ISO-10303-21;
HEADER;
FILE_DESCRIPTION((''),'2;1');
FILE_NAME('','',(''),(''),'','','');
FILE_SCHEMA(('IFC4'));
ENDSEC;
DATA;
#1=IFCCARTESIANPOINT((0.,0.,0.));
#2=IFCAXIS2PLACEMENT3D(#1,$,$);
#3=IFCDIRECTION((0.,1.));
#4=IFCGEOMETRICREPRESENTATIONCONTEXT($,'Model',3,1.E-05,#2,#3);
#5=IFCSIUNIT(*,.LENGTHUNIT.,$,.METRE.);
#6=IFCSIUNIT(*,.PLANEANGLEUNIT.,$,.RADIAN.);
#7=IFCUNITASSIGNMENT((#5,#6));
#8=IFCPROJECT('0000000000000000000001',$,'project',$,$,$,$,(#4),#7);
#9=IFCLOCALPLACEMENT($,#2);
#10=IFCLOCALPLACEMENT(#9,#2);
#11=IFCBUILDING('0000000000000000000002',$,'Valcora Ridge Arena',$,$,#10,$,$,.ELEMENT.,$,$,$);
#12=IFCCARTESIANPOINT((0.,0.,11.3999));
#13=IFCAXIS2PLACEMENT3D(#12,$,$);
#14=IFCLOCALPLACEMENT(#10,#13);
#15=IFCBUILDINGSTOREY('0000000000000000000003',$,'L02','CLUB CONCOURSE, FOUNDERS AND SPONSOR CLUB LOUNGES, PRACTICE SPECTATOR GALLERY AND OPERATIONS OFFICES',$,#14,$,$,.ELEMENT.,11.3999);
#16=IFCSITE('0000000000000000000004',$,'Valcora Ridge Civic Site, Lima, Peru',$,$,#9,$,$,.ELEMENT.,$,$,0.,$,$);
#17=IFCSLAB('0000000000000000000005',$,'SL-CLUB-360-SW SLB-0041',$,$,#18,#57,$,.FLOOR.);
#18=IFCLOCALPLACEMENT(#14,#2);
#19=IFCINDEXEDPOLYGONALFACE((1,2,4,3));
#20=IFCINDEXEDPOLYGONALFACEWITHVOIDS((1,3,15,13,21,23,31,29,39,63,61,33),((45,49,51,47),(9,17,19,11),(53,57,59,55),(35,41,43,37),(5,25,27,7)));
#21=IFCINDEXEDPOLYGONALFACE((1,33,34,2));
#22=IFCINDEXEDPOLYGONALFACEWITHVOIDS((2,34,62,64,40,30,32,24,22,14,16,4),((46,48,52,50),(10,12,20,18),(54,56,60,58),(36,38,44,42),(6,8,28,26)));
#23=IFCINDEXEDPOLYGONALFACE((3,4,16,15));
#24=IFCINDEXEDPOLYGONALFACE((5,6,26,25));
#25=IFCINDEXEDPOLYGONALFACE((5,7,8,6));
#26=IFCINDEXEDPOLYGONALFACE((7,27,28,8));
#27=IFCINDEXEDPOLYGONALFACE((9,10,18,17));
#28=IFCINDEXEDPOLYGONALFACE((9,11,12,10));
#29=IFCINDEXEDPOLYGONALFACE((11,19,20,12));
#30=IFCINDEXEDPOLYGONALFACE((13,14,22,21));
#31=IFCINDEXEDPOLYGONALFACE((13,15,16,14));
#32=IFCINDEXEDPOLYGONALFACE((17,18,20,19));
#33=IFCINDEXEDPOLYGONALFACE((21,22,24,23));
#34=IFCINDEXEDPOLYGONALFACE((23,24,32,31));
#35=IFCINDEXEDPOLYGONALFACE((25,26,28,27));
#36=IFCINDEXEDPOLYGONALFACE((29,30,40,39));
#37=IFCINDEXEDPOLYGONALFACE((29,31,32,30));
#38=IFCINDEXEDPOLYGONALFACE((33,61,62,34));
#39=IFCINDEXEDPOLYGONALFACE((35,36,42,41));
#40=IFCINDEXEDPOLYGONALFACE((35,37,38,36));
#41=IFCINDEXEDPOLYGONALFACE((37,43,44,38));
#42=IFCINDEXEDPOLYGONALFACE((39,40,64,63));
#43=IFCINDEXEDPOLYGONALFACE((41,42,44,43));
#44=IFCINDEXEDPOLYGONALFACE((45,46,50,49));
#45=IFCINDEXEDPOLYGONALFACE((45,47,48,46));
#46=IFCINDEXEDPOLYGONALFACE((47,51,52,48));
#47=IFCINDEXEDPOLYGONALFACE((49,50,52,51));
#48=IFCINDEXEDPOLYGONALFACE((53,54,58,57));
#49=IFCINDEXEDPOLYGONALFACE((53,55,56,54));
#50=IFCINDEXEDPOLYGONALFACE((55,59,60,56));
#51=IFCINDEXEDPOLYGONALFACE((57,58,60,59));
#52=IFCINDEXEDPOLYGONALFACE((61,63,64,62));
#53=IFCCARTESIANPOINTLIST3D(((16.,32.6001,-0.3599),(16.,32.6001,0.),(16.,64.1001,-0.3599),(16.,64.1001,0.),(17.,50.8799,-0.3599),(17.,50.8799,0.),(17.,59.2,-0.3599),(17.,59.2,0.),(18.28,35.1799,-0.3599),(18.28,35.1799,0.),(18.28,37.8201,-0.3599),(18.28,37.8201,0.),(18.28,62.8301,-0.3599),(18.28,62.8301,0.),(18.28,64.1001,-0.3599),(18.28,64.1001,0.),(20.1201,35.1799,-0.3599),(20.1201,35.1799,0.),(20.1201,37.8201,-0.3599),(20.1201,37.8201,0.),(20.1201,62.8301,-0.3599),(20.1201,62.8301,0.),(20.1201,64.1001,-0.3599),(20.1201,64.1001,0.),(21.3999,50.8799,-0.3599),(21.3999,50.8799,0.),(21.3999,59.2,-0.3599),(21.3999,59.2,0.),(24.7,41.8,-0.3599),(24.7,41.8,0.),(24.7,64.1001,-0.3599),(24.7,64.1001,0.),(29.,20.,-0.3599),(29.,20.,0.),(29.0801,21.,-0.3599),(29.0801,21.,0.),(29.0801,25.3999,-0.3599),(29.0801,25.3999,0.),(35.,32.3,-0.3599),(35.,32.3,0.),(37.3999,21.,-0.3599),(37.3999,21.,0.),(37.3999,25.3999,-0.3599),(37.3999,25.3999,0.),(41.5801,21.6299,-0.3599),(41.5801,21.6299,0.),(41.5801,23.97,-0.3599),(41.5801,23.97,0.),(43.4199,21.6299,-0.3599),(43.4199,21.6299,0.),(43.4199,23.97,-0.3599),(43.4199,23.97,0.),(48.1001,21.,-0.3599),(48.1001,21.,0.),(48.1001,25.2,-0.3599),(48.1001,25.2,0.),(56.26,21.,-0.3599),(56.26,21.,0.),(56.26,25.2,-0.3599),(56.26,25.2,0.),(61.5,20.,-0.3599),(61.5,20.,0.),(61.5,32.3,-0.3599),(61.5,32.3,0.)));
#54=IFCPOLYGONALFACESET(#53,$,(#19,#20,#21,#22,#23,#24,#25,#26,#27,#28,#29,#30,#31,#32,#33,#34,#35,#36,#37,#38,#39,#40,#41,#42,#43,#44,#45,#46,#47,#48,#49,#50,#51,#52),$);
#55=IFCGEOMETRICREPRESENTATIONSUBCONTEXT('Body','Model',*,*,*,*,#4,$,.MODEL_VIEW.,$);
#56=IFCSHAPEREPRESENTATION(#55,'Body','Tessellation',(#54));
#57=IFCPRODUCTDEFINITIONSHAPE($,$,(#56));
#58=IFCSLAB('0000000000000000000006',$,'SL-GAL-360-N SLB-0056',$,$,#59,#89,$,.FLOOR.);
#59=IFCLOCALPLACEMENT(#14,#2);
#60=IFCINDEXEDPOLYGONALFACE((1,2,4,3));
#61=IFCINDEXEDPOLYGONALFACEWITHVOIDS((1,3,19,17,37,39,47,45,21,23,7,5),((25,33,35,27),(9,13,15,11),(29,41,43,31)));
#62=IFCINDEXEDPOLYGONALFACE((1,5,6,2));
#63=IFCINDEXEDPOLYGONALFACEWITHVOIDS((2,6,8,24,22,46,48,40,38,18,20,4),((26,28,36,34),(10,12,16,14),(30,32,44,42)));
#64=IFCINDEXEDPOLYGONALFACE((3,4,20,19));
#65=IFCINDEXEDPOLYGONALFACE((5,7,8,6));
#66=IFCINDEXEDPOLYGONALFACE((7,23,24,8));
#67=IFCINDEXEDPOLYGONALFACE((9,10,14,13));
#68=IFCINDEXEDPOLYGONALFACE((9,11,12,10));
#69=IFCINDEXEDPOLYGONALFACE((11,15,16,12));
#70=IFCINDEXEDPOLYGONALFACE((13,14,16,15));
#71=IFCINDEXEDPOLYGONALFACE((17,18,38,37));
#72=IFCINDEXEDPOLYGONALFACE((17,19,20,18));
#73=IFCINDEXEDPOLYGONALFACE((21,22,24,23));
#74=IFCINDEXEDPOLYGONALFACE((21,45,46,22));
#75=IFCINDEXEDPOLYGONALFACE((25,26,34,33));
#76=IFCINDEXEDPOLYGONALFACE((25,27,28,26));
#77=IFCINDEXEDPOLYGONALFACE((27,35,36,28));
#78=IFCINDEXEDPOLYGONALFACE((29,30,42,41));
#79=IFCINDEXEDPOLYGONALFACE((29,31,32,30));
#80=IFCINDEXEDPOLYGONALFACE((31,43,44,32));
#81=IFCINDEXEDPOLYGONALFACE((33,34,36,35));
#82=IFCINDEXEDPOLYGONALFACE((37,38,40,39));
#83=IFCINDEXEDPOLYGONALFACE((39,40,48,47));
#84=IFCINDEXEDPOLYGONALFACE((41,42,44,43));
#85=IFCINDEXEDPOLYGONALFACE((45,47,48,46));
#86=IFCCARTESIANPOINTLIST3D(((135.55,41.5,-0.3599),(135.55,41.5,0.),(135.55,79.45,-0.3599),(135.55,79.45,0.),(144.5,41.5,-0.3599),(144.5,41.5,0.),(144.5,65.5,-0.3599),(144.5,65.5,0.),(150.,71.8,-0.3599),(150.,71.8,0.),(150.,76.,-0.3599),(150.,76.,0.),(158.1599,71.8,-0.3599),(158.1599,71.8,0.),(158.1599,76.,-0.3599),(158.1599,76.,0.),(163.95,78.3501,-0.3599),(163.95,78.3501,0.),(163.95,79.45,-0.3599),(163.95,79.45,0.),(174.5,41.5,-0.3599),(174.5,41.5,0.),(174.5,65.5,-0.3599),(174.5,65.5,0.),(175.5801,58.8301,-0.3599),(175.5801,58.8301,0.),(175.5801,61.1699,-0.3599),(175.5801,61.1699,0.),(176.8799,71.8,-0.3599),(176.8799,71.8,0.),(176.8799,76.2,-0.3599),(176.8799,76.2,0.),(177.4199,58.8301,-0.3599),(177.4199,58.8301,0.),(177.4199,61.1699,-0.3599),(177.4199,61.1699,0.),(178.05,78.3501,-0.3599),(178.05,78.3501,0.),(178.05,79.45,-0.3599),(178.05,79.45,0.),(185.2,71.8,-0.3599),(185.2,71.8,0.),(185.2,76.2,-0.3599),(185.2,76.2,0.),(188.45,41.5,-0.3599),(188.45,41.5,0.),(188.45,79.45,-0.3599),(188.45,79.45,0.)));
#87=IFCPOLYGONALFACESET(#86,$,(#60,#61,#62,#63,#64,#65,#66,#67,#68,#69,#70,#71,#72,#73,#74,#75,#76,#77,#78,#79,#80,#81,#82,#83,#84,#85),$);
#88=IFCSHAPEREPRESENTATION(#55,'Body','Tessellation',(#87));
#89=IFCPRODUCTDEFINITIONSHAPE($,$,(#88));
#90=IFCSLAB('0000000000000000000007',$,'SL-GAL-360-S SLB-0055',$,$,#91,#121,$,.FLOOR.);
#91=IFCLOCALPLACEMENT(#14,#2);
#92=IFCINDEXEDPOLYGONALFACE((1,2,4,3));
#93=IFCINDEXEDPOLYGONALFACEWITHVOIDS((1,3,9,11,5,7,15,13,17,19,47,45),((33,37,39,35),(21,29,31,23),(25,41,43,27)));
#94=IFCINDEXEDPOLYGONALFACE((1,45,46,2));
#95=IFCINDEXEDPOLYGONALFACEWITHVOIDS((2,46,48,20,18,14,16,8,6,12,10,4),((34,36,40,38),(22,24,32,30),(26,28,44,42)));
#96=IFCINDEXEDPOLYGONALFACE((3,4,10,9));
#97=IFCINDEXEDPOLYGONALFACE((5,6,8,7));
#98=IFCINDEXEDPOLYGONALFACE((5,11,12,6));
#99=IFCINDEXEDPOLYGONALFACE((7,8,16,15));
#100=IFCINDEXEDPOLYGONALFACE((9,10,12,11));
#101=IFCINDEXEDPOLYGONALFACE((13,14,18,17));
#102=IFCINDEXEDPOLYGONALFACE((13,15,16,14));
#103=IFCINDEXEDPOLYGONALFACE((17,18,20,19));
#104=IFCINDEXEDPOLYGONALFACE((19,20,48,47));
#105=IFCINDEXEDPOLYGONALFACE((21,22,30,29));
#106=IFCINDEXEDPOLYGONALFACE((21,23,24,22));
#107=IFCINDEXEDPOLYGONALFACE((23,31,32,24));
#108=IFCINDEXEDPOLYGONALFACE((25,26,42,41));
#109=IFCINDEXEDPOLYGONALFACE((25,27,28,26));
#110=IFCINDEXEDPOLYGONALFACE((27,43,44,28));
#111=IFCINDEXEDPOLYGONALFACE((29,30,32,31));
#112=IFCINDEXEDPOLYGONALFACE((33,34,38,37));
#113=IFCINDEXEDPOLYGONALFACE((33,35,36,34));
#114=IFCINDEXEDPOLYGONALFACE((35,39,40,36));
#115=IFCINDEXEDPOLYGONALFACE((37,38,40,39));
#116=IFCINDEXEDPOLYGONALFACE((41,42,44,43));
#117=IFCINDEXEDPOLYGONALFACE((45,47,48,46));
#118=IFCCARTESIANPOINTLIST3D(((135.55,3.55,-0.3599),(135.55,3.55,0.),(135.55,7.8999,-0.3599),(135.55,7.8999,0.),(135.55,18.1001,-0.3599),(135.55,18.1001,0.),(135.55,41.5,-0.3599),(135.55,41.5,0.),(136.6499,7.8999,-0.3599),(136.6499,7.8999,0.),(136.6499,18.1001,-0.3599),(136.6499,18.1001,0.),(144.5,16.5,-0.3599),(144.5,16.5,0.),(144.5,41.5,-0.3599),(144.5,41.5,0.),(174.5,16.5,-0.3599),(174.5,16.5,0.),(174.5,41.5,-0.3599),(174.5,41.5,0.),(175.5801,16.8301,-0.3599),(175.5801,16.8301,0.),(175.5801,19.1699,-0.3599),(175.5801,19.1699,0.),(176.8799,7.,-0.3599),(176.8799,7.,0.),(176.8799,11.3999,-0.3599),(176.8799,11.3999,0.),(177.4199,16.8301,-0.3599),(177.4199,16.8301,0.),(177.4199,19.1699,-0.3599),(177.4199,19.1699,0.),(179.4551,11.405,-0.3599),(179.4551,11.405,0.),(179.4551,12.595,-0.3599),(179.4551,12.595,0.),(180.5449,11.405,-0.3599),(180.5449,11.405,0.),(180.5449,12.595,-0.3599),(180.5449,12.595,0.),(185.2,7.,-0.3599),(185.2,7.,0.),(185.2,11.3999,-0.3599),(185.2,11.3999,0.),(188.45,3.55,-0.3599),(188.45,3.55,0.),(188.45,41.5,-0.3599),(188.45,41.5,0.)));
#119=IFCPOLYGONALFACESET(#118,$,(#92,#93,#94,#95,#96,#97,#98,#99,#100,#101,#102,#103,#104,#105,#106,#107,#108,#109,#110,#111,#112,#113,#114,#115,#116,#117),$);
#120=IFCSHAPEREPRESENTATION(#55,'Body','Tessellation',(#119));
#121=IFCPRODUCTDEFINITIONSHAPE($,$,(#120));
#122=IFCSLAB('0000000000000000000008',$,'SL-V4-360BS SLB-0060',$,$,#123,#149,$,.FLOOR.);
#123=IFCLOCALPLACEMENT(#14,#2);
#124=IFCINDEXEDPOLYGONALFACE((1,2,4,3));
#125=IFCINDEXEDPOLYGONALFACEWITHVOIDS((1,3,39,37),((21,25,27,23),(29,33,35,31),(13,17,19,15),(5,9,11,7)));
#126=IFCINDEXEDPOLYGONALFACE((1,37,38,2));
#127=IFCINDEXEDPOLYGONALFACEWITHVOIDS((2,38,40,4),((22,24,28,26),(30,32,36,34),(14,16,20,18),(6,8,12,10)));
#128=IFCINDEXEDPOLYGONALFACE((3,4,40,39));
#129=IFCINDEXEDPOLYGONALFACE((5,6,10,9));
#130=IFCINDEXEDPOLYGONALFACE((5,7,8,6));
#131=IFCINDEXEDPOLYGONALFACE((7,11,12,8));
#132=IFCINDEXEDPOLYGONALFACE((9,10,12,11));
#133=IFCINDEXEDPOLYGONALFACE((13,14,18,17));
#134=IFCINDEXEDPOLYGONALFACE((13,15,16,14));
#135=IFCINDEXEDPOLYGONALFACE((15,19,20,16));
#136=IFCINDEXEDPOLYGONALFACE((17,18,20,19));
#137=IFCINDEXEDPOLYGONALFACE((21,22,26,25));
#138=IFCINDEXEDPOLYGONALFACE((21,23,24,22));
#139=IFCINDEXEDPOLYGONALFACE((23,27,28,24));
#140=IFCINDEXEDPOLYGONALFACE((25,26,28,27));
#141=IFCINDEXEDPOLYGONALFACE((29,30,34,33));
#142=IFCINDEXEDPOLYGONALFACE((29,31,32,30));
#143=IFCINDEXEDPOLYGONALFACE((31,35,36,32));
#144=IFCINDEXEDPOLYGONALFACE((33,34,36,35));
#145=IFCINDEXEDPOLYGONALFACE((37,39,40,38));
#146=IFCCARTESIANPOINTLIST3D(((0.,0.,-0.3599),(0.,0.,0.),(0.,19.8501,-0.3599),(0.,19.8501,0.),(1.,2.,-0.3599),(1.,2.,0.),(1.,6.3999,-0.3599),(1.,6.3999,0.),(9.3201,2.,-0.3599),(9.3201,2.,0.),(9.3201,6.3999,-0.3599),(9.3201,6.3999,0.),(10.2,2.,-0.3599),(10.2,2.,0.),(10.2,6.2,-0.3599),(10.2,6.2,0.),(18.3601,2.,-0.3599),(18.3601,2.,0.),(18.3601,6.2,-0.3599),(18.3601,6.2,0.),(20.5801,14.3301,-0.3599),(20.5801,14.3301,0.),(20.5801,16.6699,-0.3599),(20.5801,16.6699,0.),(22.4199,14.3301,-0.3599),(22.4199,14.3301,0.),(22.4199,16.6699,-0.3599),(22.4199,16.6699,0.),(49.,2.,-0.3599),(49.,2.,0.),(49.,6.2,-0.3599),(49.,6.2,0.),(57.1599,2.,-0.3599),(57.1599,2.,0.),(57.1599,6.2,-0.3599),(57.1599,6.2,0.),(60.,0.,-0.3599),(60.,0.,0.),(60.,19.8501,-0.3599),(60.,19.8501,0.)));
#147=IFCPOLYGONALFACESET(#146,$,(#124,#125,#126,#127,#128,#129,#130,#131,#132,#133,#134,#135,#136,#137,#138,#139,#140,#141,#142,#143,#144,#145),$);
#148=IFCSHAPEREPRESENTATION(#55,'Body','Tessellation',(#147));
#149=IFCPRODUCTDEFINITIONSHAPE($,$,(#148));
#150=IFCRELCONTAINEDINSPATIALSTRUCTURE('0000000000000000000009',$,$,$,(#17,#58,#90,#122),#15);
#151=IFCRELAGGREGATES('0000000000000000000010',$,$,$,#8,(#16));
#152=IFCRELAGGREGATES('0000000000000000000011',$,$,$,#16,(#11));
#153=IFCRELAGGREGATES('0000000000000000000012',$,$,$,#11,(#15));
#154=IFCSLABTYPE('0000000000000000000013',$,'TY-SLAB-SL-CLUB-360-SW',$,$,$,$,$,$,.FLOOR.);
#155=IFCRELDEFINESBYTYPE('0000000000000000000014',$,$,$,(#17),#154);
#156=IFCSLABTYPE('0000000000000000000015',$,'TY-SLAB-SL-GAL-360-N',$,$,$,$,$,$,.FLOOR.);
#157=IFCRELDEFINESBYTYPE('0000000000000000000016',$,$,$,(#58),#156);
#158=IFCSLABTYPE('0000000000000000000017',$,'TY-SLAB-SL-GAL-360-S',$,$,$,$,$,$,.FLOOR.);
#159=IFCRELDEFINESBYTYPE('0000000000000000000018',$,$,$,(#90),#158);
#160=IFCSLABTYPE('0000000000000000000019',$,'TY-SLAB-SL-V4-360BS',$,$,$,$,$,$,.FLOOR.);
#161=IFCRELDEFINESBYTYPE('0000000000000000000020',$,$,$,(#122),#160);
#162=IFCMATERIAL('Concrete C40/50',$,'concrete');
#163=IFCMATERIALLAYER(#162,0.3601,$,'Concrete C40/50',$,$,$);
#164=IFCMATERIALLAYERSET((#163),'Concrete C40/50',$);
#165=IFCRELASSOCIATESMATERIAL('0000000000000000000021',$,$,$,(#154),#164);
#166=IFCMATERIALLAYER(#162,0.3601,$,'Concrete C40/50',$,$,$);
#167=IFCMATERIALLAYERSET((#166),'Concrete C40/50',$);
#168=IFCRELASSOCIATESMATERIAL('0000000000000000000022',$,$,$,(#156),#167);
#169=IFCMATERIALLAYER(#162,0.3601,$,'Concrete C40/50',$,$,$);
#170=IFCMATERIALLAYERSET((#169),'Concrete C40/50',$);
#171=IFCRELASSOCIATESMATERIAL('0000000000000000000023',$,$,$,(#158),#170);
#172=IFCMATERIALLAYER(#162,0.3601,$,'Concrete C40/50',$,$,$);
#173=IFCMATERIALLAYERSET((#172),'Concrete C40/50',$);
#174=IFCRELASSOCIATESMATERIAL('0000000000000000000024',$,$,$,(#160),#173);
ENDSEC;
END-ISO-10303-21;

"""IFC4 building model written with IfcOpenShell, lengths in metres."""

from ifc_helpers import new_model, si_unit, direction, frame, origin, place, context, subcontext, project, spatial, polyline, outline, extrude, material, layer, layer_set, type_object, element, save


model = new_model("IFC4")

# Units and contexts
model_context = context("Model", 3, precision=1e-05, world=origin(), true_north=direction((0.0, 1.0)))
body_context = subcontext(model_context, "Body", "Model", "MODEL_VIEW")
ifc_project = project(units=[si_unit("LENGTHUNIT", "METRE"), si_unit("PLANEANGLEUNIT", "RADIAN")], contexts=[model_context])

# Site, building, storey
site_placement = place(None, origin())
site = spatial("IfcSite", under=ifc_project, at=site_placement, Name="Valcora Ridge Civic Site, Lima, Peru", CompositionType="ELEMENT", RefElevation=0.0)
building_placement = place(site_placement, origin())
building = spatial("IfcBuilding", under=site, at=building_placement, Name="Valcora Ridge Arena", CompositionType="ELEMENT")
storey_placement = place(building_placement, frame((0.0, 0.0, 11.3999)))
storey = spatial("IfcBuildingStorey", under=building, at=storey_placement, Name="L02", Description="CLUB CONCOURSE, FOUNDERS AND SPONSOR CLUB LOUNGES, PRACTICE SPECTATOR GALLERY AND OPERATIONS OFFICES", CompositionType="ELEMENT", Elevation=11.3999)

# Shared definitions
ifc_material_1 = material(Name="Concrete C40/50", Category="concrete")

# Slabs
ifc_layer_1 = layer(ifc_material_1, 0.3601, Name="Concrete C40/50")
ifc_layer_set_1 = layer_set([ifc_layer_1], Name="Concrete C40/50")
slab_type_1 = type_object("IfcSlabType", Name="TY-SLAB-SL-CLUB-360-SW", PredefinedType="FLOOR", material=ifc_layer_set_1)
slab_1_placement = place(storey_placement, frame((0.0, 0.0, -0.3599)))
element("IfcSlab", 1, at=slab_1_placement, inside=storey, type_object=slab_type_1, Name="SL-CLUB-360-SW SLB-0041", PredefinedType="FLOOR", context=body_context, shape_type="SweptSolid", body=[
    extrude(outline(polyline([(16.0, 64.1001), (16.0, 32.6001), (29.0, 20.0), (61.5, 20.0), (61.5, 32.3), (35.0, 32.3), (24.7, 41.8), (24.7, 64.1001), (20.1201, 64.1001), (20.1201, 62.8301), (18.28, 62.8301), (18.28, 64.1001), (16.0, 64.1001)]), holes=[polyline([(48.1001, 25.2), (48.1001, 21.0), (56.26, 21.0), (56.26, 25.2), (48.1001, 25.2)]), polyline([(29.0801, 25.3999), (29.0801, 21.0), (37.3999, 21.0), (37.3999, 25.3999), (29.0801, 25.3999)]), polyline([(17.0, 59.2), (17.0, 50.8799), (21.3999, 50.8799), (21.3999, 59.2), (17.0, 59.2)]), polyline([(43.4199, 23.97), (41.5801, 23.97), (41.5801, 21.6299), (43.4199, 21.6299), (43.4199, 23.97)]), polyline([(20.1201, 37.8201), (18.28, 37.8201), (18.28, 35.1799), (20.1201, 35.1799), (20.1201, 37.8201)])]), origin(), (0.0, 0.0, 1.0), 0.3599),
])
ifc_layer_2 = layer(ifc_material_1, 0.3601, Name="Concrete C40/50")
ifc_layer_set_2 = layer_set([ifc_layer_2], Name="Concrete C40/50")
slab_type_2 = type_object("IfcSlabType", Name="TY-SLAB-SL-GAL-360-N", PredefinedType="FLOOR", material=ifc_layer_set_2)
slab_2_placement = place(storey_placement, frame((0.0, 0.0, -0.3599)))
element("IfcSlab", 2, at=slab_2_placement, inside=storey, type_object=slab_type_2, Name="SL-GAL-360-N SLB-0056", PredefinedType="FLOOR", context=body_context, shape_type="SweptSolid", body=[
    extrude(outline(polyline([(163.95, 78.3501), (163.95, 79.45), (135.55, 79.45), (135.55, 41.5), (144.5, 41.5), (144.5, 65.5), (174.5, 65.5), (174.5, 41.5), (188.45, 41.5), (188.45, 79.45), (178.05, 79.45), (178.05, 78.3501), (163.95, 78.3501)]), holes=[polyline([(158.1599, 76.0), (150.0, 76.0), (150.0, 71.8), (158.1599, 71.8), (158.1599, 76.0)]), polyline([(176.8799, 76.2), (176.8799, 71.8), (185.2, 71.8), (185.2, 76.2), (176.8799, 76.2)]), polyline([(177.4199, 61.1699), (175.5801, 61.1699), (175.5801, 58.8301), (177.4199, 58.8301), (177.4199, 61.1699)])]), origin(), (0.0, 0.0, 1.0), 0.3599),
])
ifc_layer_3 = layer(ifc_material_1, 0.3601, Name="Concrete C40/50")
ifc_layer_set_3 = layer_set([ifc_layer_3], Name="Concrete C40/50")
slab_type_3 = type_object("IfcSlabType", Name="TY-SLAB-SL-GAL-360-S", PredefinedType="FLOOR", material=ifc_layer_set_3)
slab_3_placement = place(storey_placement, frame((0.0, 0.0, -0.3599)))
element("IfcSlab", 3, at=slab_3_placement, inside=storey, type_object=slab_type_3, Name="SL-GAL-360-S SLB-0055", PredefinedType="FLOOR", context=body_context, shape_type="SweptSolid", body=[
    extrude(outline(polyline([(136.6499, 7.8999), (135.55, 7.8999), (135.55, 3.55), (188.45, 3.55), (188.45, 41.5), (174.5, 41.5), (174.5, 16.5), (144.5, 16.5), (144.5, 41.5), (135.55, 41.5), (135.55, 18.1001), (136.6499, 18.1001), (136.6499, 7.8999)]), holes=[polyline([(179.4551, 11.405), (180.5449, 11.405), (180.5449, 12.595), (179.4551, 12.595), (179.4551, 11.405)]), polyline([(185.2, 11.3999), (176.8799, 11.3999), (176.8799, 7.0), (185.2, 7.0), (185.2, 11.3999)]), polyline([(177.4199, 19.1699), (175.5801, 19.1699), (175.5801, 16.8301), (177.4199, 16.8301), (177.4199, 19.1699)])]), origin(), (0.0, 0.0, 1.0), 0.3599),
])
ifc_layer_4 = layer(ifc_material_1, 0.3601, Name="Concrete C40/50")
ifc_layer_set_4 = layer_set([ifc_layer_4], Name="Concrete C40/50")
slab_type_4 = type_object("IfcSlabType", Name="TY-SLAB-SL-V4-360BS", PredefinedType="FLOOR", material=ifc_layer_set_4)
slab_4_placement = place(storey_placement, frame((0.0, 0.0, -0.3599)))
element("IfcSlab", 4, at=slab_4_placement, inside=storey, type_object=slab_type_4, Name="SL-V4-360BS SLB-0060", PredefinedType="FLOOR", context=body_context, shape_type="SweptSolid", body=[
    extrude(outline(polyline([(0.0, 0.0), (60.0, 0.0), (60.0, 19.8501), (0.0, 19.8501), (0.0, 0.0)]), holes=[polyline([(10.2, 6.2), (10.2, 2.0), (18.3601, 2.0), (18.3601, 6.2), (10.2, 6.2)]), polyline([(49.0, 6.2), (49.0, 2.0), (57.1599, 2.0), (57.1599, 6.2), (49.0, 6.2)]), polyline([(1.0, 6.3999), (1.0, 2.0), (9.3201, 2.0), (9.3201, 6.3999), (1.0, 6.3999)]), polyline([(20.5801, 16.6699), (20.5801, 14.3301), (22.4199, 14.3301), (22.4199, 16.6699), (20.5801, 16.6699)])]), origin(), (0.0, 0.0, 1.0), 0.3599),
])

save(model, "model.ifc")
